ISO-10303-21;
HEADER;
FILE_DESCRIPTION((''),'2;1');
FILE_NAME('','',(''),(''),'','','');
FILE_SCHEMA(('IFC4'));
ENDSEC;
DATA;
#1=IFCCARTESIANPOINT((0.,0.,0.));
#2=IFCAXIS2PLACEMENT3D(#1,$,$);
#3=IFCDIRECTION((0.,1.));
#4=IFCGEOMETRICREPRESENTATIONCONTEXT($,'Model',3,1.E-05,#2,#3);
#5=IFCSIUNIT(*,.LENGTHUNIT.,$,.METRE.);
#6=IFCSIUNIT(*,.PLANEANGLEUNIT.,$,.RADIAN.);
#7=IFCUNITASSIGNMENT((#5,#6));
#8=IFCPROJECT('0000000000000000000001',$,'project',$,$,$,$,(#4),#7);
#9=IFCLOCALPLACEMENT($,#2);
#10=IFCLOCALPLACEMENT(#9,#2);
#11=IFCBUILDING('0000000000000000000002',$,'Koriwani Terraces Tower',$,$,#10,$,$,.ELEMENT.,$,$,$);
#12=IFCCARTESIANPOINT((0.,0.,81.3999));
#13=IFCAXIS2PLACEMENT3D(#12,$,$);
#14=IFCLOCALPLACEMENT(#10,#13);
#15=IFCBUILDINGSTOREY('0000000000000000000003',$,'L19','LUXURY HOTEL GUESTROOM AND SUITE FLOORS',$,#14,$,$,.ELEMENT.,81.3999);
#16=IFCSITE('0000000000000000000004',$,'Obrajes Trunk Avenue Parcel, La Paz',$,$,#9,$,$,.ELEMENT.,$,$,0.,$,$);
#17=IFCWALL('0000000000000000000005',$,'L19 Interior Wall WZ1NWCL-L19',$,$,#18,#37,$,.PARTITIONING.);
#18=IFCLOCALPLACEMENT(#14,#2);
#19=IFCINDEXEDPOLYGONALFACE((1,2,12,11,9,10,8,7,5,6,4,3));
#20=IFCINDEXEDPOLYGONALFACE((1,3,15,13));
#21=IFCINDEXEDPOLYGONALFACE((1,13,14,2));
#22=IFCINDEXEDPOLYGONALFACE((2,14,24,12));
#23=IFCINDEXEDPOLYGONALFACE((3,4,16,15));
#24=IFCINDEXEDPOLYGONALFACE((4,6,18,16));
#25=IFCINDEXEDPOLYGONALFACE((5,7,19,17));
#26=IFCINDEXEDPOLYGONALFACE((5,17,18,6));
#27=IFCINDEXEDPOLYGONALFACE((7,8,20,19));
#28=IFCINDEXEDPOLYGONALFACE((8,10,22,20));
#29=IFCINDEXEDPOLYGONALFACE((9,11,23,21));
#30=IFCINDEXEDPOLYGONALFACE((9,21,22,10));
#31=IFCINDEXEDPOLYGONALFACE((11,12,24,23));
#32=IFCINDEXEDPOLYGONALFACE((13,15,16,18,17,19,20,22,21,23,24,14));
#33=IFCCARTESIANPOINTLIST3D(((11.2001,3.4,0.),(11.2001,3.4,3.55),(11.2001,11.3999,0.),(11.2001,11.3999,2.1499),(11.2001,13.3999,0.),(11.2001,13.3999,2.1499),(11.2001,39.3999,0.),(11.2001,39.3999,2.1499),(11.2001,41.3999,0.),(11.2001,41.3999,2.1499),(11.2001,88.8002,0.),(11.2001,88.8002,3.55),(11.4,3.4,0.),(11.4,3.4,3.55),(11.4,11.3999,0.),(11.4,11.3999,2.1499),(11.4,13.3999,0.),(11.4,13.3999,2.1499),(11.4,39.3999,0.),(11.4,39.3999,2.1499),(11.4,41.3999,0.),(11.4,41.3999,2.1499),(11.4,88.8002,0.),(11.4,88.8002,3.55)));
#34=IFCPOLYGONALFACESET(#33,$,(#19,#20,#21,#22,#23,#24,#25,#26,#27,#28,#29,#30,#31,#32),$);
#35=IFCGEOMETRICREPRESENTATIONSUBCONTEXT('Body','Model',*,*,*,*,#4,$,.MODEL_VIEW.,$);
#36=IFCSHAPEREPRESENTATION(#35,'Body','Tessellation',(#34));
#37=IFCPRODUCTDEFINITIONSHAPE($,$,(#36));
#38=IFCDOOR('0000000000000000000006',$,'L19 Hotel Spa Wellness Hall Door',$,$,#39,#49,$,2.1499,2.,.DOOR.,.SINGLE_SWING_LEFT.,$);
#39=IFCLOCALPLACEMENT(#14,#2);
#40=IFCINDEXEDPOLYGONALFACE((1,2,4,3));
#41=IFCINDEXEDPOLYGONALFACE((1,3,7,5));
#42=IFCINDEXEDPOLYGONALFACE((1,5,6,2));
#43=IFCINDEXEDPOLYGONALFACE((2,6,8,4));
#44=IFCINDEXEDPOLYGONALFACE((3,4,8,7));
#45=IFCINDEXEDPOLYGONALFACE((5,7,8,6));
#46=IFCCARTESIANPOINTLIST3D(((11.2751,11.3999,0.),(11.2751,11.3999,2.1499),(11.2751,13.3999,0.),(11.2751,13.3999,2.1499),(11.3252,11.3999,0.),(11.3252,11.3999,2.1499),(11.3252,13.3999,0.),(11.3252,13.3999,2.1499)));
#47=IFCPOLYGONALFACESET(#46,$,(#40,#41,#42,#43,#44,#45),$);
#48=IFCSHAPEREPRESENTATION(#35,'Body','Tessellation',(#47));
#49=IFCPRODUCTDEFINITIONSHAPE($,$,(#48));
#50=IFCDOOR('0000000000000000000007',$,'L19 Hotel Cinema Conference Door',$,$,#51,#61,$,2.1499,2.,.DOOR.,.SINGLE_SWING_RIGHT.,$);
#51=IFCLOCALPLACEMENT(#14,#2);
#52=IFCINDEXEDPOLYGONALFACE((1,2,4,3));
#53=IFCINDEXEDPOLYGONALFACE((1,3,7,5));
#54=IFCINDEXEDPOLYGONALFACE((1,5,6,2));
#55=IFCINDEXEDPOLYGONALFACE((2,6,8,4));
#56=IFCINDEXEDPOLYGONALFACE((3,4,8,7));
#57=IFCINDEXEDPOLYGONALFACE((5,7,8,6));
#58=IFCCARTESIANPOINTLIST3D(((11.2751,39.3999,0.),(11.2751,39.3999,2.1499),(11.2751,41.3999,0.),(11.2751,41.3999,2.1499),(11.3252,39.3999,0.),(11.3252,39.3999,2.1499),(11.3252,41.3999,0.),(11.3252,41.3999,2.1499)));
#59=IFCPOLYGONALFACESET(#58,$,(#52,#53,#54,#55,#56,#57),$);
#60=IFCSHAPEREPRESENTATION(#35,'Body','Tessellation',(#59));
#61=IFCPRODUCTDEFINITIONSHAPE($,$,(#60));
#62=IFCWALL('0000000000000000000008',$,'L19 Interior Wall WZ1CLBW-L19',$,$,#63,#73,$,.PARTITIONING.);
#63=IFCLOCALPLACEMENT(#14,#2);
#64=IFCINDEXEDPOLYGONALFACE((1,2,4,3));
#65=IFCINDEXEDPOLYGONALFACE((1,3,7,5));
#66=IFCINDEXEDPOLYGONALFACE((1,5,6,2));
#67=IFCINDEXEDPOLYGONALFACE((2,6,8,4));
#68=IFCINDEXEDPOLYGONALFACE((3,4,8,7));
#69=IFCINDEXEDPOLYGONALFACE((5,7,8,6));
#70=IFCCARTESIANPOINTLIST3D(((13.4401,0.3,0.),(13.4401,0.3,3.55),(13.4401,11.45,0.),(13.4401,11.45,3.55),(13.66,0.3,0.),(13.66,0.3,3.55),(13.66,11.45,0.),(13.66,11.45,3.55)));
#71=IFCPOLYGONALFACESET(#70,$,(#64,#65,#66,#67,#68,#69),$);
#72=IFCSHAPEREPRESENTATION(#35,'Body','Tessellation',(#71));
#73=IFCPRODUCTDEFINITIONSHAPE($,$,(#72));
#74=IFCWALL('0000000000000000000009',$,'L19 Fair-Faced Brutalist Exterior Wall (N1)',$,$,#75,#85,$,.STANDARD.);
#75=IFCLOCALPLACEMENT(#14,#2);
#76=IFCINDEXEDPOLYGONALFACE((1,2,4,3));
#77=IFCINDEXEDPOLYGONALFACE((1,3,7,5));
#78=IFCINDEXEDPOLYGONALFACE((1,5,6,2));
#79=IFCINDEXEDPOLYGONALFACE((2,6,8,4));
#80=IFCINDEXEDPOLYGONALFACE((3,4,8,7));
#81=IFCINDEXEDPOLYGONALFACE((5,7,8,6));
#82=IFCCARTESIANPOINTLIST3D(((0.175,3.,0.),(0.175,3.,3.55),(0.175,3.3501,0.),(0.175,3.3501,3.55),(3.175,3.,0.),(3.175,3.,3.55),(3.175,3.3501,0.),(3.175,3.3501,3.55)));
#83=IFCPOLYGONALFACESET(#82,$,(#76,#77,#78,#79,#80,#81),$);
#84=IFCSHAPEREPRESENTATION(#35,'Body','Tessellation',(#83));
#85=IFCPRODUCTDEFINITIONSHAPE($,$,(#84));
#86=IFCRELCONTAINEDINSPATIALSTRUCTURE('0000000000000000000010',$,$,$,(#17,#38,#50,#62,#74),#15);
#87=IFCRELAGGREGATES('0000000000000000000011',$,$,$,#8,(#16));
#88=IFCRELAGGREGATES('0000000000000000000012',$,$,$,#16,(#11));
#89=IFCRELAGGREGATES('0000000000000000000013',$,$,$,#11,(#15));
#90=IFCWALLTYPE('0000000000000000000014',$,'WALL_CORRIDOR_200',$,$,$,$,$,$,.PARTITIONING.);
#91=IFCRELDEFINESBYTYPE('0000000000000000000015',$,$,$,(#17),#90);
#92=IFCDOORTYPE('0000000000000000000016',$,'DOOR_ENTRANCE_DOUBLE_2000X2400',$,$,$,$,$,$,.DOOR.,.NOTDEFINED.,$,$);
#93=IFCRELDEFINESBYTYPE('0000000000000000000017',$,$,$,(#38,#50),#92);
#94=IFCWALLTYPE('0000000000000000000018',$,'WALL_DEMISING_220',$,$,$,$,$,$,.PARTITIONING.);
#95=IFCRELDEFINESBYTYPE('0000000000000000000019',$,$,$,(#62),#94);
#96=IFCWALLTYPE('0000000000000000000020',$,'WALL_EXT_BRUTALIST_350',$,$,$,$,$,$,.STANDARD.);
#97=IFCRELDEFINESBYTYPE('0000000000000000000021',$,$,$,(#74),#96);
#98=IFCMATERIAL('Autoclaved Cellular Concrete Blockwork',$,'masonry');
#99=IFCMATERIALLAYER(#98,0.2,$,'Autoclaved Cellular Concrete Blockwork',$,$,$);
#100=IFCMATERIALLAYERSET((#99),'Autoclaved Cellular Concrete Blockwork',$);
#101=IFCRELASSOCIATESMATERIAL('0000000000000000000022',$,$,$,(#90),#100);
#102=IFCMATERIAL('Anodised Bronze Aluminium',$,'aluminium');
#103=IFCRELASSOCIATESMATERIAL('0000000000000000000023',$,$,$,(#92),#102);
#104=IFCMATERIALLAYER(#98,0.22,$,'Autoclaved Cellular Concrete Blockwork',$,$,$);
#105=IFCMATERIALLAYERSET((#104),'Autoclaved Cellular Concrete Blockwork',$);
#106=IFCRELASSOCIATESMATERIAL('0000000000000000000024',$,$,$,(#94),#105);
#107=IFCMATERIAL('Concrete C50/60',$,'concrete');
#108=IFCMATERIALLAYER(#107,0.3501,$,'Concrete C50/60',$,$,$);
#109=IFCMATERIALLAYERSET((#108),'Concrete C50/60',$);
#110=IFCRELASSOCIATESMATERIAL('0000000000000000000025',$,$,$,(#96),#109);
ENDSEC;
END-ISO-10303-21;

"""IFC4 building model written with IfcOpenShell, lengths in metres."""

from ifc_helpers import new_model, si_unit, direction, frame, frame_2d, origin, place, context, subcontext, project, spatial, rectangle, extrude, material, layer, layer_set, type_object, element, fill, save


model = new_model("IFC4")

# Units and contexts
model_context = context("Model", 3, precision=1e-05, world=origin(), true_north=direction((0.0, 1.0)))
body_context = subcontext(model_context, "Body", "Model", "MODEL_VIEW")
ifc_project = project(units=[si_unit("LENGTHUNIT", "METRE"), si_unit("PLANEANGLEUNIT", "RADIAN")], contexts=[model_context])

# Site, building, storey
site_placement = place(None, origin())
site = spatial("IfcSite", under=ifc_project, at=site_placement, Name="Obrajes Trunk Avenue Parcel, La Paz", CompositionType="ELEMENT", RefElevation=0.0)
building_placement = place(site_placement, origin())
building = spatial("IfcBuilding", under=site, at=building_placement, Name="Koriwani Terraces Tower", CompositionType="ELEMENT")
storey_placement = place(building_placement, frame((0.0, 0.0, 81.3999)))
storey = spatial("IfcBuildingStorey", under=building, at=storey_placement, Name="L19", Description="LUXURY HOTEL GUESTROOM AND SUITE FLOORS", CompositionType="ELEMENT", Elevation=81.3999)

# Shared definitions
ifc_material_1 = material(Name="Concrete C50/60", Category="concrete")

# Wall, openings, doors
ifc_material_2 = material(Name="Autoclaved Cellular Concrete Blockwork", Category="masonry")
ifc_layer_1 = layer(ifc_material_2, 0.2, Name="Autoclaved Cellular Concrete Blockwork")
ifc_layer_set_1 = layer_set([ifc_layer_1], Name="Autoclaved Cellular Concrete Blockwork")
wall_type_1 = type_object("IfcWallType", Name="WALL_CORRIDOR_200", PredefinedType="PARTITIONING", material=ifc_layer_set_1)
wall_1_placement = place(storey_placement, frame((11.3, 3.3999, 0.0), z_axis=(0.0, 0.0, 1.0), x_axis=(0.0, 1.0, 0.0)))
wall_1 = element("IfcWall", 1, at=wall_1_placement, inside=storey, type_object=wall_type_1, Name="L19 Interior Wall WZ1NWCL-L19", PredefinedType="PARTITIONING", context=body_context, shape_type="SweptSolid", body=[
    extrude(rectangle(XDim=85.4001, YDim=0.2, at=frame_2d((42.7002, 0.0))), origin(), (0.0, 0.0, 1.0), 3.55),
])
opening_1_placement = place(wall_1_placement, frame((8.0, 0.0, 0.0)))
opening_1 = element("IfcOpeningElement", 2, at=opening_1_placement, cuts=wall_1, PredefinedType="OPENING", context=body_context, shape_type="SweptSolid", body=[
    extrude(rectangle(XDim=2.0, YDim=2.1499, at=frame_2d((1.0, 1.075))), frame((0.0, 0.1099, 0.0), z_axis=(0.0, -1.0, 0.0), x_axis=(1.0, 0.0, 0.0)), (0.0, 0.0, 1.0), 0.22),
])
opening_2_placement = place(wall_1_placement, frame((36.0, 0.0, 0.0)))
opening_2 = element("IfcOpeningElement", 3, at=opening_2_placement, cuts=wall_1, PredefinedType="OPENING", context=body_context, shape_type="SweptSolid", body=[
    extrude(rectangle(XDim=2.0, YDim=2.1499, at=frame_2d((1.0, 1.075))), frame((0.0, 0.1099, 0.0), z_axis=(0.0, -1.0, 0.0), x_axis=(1.0, 0.0, 0.0)), (0.0, 0.0, 1.0), 0.22),
])
ifc_material_3 = material(Name="Anodised Bronze Aluminium", Category="aluminium")
door_type = type_object("IfcDoorType", Name="DOOR_ENTRANCE_DOUBLE_2000X2400", OperationType="NOTDEFINED", PredefinedType="DOOR", material=ifc_material_3)
door_1_placement = place(opening_1_placement, origin())
door_1 = element("IfcDoor", 4, at=door_1_placement, inside=storey, type_object=door_type, Name="L19 Hotel Spa Wellness Hall Door", OperationType="SINGLE_SWING_LEFT", OverallHeight=2.1499, OverallWidth=2.0, PredefinedType="DOOR", context=body_context, shape_type="SweptSolid", body=[
    extrude(rectangle(XDim=2.0, YDim=2.1499, at=frame_2d((1.0, 1.075))), frame((0.0, 0.0249, 0.0), z_axis=(0.0, -1.0, 0.0), x_axis=(1.0, 0.0, 0.0)), (0.0, 0.0, 1.0), 0.05),
])
fill(opening_1, door_1)
door_2_placement = place(opening_2_placement, origin())
door_2 = element("IfcDoor", 5, at=door_2_placement, inside=storey, type_object=door_type, Name="L19 Hotel Cinema Conference Door", OperationType="SINGLE_SWING_RIGHT", OverallHeight=2.1499, OverallWidth=2.0, PredefinedType="DOOR", context=body_context, shape_type="SweptSolid", body=[
    extrude(rectangle(XDim=2.0, YDim=2.1499, at=frame_2d((1.0, 1.075))), frame((0.0, 0.0249, 0.0), z_axis=(0.0, -1.0, 0.0), x_axis=(1.0, 0.0, 0.0)), (0.0, 0.0, 1.0), 0.05),
])
fill(opening_2, door_2)

# Walls
ifc_layer_2 = layer(ifc_material_2, 0.22, Name="Autoclaved Cellular Concrete Blockwork")
ifc_layer_set_2 = layer_set([ifc_layer_2], Name="Autoclaved Cellular Concrete Blockwork")
wall_type_2 = type_object("IfcWallType", Name="WALL_DEMISING_220", PredefinedType="PARTITIONING", material=ifc_layer_set_2)
wall_2_placement = place(storey_placement, frame((13.55, 0.3, 0.0), z_axis=(0.0, 0.0, 1.0), x_axis=(0.0, 1.0, 0.0)))
element("IfcWall", 6, at=wall_2_placement, inside=storey, type_object=wall_type_2, Name="L19 Interior Wall WZ1CLBW-L19", PredefinedType="PARTITIONING", context=body_context, shape_type="SweptSolid", body=[
    extrude(rectangle(XDim=11.1499, YDim=0.22, at=frame_2d((5.575, 0.0))), origin(), (0.0, 0.0, 1.0), 3.55),
])
ifc_layer_3 = layer(ifc_material_1, 0.3501, Name="Concrete C50/60")
ifc_layer_set_3 = layer_set([ifc_layer_3], Name="Concrete C50/60")
wall_type_3 = type_object("IfcWallType", Name="WALL_EXT_BRUTALIST_350", PredefinedType="STANDARD", material=ifc_layer_set_3)
wall_3_placement = place(storey_placement, frame((3.175, 3.175, 0.0), z_axis=(0.0, 0.0, 1.0), x_axis=(-1.0, 0.0, 0.0)))
element("IfcWall", 7, at=wall_3_placement, inside=storey, type_object=wall_type_3, Name="L19 Fair-Faced Brutalist Exterior Wall (N1)", PredefinedType="STANDARD", context=body_context, shape_type="SweptSolid", body=[
    extrude(rectangle(XDim=3.0, YDim=0.3501, at=frame_2d((1.5, 0.0))), origin(), (0.0, 0.0, 1.0), 3.55),
])

save(model, "model.ifc")
